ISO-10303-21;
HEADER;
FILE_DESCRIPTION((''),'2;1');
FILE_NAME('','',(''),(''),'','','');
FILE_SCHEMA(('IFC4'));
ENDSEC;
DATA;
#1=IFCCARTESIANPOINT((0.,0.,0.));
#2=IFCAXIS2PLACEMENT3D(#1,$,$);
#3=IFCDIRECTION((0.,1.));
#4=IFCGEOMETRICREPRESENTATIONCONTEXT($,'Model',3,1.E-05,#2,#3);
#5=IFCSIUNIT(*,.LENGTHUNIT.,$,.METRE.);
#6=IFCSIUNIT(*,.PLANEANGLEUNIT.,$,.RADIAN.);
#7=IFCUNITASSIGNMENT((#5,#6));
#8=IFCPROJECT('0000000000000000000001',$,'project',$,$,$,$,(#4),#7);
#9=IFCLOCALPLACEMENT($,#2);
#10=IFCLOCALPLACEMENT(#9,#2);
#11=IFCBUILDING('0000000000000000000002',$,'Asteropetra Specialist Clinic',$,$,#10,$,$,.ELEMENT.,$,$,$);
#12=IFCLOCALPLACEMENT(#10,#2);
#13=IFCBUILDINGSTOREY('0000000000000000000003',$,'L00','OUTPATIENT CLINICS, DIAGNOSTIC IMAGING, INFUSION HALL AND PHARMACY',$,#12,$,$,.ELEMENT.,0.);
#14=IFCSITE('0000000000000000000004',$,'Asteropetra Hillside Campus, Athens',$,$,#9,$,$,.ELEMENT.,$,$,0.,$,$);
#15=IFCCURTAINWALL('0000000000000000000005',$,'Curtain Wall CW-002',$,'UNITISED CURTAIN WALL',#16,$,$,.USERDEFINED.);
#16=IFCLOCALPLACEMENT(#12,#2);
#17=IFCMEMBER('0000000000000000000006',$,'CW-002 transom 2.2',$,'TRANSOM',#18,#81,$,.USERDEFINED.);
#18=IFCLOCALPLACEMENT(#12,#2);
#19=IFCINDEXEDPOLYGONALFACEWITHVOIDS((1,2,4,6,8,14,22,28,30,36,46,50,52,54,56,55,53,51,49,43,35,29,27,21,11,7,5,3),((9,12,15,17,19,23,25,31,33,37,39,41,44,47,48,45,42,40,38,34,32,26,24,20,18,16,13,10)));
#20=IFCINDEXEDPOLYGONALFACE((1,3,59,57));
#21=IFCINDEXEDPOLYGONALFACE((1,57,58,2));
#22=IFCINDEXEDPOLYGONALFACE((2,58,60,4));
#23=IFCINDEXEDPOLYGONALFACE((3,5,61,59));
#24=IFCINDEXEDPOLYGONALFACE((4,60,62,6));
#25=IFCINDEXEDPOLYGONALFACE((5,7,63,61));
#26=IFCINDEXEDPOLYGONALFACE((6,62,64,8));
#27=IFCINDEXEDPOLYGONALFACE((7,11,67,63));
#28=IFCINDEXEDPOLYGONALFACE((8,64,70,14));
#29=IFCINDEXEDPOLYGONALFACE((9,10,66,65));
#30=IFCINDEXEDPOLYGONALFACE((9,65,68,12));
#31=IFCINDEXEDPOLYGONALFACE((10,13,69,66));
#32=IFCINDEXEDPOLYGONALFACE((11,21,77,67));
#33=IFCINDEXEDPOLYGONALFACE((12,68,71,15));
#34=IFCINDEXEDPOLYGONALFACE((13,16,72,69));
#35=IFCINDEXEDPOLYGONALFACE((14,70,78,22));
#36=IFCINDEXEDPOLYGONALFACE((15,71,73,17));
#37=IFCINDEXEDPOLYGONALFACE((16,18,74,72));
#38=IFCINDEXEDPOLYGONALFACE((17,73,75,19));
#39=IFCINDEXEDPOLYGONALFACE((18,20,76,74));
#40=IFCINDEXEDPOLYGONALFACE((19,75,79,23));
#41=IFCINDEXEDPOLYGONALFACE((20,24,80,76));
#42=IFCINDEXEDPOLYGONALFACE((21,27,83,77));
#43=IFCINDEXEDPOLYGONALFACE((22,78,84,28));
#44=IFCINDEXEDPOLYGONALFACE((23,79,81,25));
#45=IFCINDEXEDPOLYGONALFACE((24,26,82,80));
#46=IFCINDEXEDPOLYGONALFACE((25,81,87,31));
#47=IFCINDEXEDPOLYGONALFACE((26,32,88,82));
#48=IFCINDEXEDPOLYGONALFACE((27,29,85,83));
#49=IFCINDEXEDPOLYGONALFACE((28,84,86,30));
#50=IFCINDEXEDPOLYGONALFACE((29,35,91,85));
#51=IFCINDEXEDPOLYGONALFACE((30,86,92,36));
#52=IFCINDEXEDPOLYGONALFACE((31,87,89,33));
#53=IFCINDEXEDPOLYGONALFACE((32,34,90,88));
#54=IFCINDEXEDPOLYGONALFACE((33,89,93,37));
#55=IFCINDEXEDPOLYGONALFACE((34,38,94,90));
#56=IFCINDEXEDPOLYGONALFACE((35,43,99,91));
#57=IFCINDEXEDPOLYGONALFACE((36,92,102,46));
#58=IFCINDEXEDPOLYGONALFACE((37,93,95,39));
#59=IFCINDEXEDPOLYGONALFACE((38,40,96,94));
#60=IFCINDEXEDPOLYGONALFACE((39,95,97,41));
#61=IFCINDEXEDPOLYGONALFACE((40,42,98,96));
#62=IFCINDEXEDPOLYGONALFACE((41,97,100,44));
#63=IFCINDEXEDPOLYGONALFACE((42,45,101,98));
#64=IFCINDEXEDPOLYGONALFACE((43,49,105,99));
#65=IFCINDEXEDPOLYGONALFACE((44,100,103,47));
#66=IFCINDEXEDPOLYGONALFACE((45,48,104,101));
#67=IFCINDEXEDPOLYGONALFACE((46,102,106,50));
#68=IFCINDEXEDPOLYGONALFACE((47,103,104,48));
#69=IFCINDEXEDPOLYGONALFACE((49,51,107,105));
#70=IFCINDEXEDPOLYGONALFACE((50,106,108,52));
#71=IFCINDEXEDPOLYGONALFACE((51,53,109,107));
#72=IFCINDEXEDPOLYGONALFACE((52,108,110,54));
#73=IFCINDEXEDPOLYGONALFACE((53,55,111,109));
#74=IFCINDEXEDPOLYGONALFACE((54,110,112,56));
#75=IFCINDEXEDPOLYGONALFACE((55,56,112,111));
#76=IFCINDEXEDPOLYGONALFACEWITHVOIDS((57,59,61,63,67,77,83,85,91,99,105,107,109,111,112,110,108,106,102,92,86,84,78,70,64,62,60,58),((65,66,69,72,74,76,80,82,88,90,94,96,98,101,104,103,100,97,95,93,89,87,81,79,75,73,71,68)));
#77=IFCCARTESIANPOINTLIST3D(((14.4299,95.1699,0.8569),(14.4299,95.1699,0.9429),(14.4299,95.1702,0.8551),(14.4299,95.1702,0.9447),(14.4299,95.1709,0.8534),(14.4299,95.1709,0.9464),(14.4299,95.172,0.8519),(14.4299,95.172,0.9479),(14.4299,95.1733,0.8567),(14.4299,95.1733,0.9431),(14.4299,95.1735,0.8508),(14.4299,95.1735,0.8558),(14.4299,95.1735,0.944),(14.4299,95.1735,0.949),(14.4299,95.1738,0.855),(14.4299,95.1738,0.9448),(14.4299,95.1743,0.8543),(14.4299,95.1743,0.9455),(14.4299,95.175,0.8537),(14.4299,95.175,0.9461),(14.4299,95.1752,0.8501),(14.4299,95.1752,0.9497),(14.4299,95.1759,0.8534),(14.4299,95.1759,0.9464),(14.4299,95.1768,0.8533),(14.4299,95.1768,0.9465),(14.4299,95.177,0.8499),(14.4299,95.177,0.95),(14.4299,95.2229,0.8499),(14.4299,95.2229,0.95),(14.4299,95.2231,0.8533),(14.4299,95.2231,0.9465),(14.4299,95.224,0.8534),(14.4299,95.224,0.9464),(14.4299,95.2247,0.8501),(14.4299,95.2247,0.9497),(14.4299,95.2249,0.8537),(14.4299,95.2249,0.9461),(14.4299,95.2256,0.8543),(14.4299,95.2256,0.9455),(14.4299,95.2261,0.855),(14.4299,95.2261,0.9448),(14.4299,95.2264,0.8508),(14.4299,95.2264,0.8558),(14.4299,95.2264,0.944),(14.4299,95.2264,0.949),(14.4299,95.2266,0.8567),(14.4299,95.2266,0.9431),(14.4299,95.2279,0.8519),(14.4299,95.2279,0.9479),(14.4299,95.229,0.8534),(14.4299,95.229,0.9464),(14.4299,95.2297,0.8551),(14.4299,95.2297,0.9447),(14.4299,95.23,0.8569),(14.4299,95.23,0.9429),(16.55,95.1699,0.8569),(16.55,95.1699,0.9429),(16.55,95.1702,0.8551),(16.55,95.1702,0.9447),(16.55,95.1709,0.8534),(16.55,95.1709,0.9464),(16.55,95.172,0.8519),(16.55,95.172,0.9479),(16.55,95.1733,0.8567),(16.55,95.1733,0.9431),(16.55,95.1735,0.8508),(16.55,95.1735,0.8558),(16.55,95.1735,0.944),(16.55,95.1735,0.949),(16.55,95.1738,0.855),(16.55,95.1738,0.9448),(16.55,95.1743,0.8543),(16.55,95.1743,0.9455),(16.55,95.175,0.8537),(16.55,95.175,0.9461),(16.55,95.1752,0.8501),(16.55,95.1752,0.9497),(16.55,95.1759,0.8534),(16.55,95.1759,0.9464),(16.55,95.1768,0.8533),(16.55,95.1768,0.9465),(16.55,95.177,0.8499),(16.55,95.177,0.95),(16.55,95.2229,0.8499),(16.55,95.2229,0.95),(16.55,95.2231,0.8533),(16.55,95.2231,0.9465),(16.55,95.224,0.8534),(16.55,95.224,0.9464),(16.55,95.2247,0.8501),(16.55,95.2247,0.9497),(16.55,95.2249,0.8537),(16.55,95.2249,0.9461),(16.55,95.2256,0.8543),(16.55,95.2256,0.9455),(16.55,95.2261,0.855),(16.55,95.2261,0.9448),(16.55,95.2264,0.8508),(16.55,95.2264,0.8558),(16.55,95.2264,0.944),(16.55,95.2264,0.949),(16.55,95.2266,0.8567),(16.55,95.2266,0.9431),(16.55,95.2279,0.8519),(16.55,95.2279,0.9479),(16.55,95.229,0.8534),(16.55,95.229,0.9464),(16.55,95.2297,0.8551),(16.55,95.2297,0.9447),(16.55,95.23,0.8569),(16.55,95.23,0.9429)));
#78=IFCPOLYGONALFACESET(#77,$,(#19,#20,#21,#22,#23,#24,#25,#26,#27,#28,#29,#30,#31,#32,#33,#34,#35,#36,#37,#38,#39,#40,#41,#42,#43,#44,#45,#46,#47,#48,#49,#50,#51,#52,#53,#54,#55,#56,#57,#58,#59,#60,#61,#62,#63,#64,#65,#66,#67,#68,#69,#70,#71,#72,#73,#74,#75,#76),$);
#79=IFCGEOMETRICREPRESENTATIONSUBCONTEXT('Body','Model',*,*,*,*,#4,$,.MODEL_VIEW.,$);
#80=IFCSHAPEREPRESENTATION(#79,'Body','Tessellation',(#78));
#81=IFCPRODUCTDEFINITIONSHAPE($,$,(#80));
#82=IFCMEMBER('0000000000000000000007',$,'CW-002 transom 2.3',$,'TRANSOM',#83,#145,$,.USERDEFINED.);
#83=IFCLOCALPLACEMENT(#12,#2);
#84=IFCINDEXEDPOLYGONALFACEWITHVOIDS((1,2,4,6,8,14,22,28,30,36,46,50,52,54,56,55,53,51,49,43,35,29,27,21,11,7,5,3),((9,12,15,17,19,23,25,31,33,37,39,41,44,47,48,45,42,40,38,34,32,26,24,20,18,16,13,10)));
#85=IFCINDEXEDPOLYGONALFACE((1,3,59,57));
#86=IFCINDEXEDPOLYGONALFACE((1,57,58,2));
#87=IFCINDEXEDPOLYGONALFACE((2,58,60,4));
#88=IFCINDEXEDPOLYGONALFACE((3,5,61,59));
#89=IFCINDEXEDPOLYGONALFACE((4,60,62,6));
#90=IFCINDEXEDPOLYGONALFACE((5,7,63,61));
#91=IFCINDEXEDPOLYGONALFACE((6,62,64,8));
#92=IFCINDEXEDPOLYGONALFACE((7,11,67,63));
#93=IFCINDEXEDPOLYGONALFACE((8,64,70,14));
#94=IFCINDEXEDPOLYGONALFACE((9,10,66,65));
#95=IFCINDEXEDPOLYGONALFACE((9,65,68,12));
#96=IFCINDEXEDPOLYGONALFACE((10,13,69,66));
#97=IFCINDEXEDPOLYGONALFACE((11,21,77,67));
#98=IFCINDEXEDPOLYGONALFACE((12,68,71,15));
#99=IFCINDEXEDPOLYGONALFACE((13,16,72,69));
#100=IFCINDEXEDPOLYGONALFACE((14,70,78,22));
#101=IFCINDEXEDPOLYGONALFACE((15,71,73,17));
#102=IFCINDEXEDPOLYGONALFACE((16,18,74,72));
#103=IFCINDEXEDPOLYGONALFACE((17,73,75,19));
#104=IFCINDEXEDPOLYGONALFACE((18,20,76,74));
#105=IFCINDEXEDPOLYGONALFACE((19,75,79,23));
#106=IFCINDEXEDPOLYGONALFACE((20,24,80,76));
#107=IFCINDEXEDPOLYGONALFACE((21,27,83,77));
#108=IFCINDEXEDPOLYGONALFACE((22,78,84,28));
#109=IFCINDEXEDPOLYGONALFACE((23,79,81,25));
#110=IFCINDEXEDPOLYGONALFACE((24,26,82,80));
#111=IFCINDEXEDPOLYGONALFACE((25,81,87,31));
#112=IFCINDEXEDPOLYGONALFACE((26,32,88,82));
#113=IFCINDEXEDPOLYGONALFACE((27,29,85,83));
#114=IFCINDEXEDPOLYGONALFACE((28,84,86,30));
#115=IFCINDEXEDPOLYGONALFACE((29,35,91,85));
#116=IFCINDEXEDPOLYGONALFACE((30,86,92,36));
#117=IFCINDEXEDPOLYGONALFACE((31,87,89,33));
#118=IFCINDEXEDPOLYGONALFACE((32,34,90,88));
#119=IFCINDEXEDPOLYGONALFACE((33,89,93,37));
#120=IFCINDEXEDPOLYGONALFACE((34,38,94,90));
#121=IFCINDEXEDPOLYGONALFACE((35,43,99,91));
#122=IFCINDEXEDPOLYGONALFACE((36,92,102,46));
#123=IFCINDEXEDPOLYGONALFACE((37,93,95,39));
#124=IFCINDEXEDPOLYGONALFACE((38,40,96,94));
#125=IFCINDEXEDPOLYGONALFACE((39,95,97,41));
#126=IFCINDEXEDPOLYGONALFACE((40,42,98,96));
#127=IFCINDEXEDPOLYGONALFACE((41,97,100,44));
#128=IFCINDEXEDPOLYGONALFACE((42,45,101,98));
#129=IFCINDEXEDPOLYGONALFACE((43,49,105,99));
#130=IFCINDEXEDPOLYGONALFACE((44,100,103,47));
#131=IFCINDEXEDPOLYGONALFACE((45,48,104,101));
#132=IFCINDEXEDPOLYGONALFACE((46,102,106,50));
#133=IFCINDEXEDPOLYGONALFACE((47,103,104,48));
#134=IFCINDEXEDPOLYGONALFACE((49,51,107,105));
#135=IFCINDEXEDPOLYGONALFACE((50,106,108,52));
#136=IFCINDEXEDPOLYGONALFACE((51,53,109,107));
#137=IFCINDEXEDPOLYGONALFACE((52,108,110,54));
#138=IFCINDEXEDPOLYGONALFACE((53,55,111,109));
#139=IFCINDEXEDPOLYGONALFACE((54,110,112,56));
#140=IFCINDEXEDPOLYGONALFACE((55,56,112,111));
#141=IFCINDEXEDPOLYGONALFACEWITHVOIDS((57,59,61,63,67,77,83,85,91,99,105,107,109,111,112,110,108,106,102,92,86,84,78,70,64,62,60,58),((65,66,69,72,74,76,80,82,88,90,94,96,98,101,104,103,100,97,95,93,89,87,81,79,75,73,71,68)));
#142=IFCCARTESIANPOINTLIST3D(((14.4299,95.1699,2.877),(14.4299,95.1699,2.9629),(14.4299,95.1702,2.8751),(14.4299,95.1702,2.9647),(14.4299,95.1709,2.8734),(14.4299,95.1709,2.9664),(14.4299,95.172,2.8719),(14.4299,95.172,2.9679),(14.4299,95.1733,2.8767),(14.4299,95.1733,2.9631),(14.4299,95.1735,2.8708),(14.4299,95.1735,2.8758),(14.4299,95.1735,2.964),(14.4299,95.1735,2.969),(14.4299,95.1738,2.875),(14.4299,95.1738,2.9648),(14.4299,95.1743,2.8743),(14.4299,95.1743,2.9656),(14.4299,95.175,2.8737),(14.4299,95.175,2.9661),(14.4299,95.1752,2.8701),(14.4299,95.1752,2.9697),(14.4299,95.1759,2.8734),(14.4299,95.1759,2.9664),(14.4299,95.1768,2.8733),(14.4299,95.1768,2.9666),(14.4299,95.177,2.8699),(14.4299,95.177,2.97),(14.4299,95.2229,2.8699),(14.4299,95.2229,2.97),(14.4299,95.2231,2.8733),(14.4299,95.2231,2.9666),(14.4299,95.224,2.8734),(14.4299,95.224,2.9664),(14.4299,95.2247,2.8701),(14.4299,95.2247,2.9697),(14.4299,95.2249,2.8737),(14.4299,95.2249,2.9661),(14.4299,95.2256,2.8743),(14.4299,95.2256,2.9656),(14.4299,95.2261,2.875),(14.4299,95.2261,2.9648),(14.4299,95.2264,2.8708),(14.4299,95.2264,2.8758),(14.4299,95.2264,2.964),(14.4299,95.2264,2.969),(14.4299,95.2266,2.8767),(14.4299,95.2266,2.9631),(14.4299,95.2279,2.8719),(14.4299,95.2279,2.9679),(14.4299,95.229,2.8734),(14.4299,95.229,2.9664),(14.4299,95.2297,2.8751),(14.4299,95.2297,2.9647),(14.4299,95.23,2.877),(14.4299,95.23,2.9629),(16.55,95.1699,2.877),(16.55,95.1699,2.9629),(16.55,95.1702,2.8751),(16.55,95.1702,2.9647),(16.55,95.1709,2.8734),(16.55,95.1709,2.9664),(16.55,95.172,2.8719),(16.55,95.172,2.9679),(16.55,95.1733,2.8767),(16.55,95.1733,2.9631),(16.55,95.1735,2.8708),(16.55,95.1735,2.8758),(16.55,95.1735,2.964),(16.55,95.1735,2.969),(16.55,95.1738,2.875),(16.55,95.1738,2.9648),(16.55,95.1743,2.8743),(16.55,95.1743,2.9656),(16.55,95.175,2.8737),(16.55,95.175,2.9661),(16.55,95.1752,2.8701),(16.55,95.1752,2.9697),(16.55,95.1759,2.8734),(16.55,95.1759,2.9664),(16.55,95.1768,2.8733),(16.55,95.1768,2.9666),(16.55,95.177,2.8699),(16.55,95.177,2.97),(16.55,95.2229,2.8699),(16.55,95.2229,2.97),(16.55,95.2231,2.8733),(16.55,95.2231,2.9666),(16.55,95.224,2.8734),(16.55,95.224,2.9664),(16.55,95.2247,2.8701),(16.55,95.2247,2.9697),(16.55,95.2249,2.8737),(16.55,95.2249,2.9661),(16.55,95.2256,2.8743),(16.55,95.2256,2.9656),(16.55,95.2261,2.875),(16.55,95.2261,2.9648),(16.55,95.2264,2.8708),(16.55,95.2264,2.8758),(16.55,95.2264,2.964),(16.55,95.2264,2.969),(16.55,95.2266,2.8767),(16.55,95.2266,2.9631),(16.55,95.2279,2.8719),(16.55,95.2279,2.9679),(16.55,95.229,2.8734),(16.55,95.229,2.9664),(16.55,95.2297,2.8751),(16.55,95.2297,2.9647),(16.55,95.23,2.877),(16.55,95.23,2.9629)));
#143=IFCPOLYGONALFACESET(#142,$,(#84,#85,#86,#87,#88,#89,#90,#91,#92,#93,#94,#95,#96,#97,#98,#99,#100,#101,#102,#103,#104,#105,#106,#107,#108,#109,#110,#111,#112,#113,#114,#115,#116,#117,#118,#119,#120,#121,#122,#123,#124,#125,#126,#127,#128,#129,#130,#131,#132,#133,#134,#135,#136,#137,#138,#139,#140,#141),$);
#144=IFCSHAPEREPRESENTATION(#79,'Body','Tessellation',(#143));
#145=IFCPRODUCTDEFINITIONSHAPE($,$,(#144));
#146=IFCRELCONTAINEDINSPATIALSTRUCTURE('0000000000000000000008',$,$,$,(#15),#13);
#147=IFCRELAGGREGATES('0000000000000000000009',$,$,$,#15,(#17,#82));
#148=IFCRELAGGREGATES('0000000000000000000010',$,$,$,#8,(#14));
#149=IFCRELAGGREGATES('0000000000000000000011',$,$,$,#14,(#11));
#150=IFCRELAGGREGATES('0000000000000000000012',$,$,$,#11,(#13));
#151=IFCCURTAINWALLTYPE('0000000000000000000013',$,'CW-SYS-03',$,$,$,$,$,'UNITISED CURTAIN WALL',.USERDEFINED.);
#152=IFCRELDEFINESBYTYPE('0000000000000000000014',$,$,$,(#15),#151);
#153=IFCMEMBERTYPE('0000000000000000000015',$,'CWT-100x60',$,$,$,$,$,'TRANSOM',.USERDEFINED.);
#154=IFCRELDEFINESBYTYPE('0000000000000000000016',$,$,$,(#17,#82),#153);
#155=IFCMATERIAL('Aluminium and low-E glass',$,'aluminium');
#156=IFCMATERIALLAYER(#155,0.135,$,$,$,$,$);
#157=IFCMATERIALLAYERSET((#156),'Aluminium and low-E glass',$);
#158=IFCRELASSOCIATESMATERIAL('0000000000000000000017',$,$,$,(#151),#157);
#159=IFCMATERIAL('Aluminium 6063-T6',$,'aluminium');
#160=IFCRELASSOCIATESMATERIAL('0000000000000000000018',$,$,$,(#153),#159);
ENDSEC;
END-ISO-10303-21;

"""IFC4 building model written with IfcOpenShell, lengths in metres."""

from ifc_helpers import new_model, si_unit, direction, frame, origin, origin_2d, place, context, subcontext, project, spatial, hollow_rectangle, extrude, material, layer, layer_set, material_profile, profile_set, type_object, element, aggregate, save


model = new_model("IFC4")

# Units and contexts
model_context = context("Model", 3, precision=1e-05, world=origin(), true_north=direction((0.0, 1.0)))
body_context = subcontext(model_context, "Body", "Model", "MODEL_VIEW")
ifc_project = project(units=[si_unit("LENGTHUNIT", "METRE"), si_unit("PLANEANGLEUNIT", "RADIAN")], contexts=[model_context])

# Site, building, storey
site_placement = place(None, origin())
site = spatial("IfcSite", under=ifc_project, at=site_placement, Name="Asteropetra Hillside Campus, Athens", CompositionType="ELEMENT", RefElevation=0.0)
building_placement = place(site_placement, origin())
building = spatial("IfcBuilding", under=site, at=building_placement, Name="Asteropetra Specialist Clinic", CompositionType="ELEMENT")
storey_placement = place(building_placement, origin())
storey = spatial("IfcBuildingStorey", under=building, at=storey_placement, Name="L00", Description="OUTPATIENT CLINICS, DIAGNOSTIC IMAGING, INFUSION HALL AND PHARMACY", CompositionType="ELEMENT", Elevation=0.0)

# Curtain wall
ifc_material_1 = material(Name="Aluminium and low-E glass", Category="aluminium")
ifc_layer_1 = layer(ifc_material_1, 0.135)
ifc_layer_set_1 = layer_set([ifc_layer_1], Name="Aluminium and low-E glass")
curtain_wall_type_1 = type_object("IfcCurtainWallType", Name="CW-SYS-03", ElementType="UNITISED CURTAIN WALL", PredefinedType="USERDEFINED", material=ifc_layer_set_1)
curtain_wall_1_placement = place(storey_placement, origin())
curtain_wall_1 = element("IfcCurtainWall", 1, at=curtain_wall_1_placement, inside=storey, type_object=curtain_wall_type_1, Name="Curtain Wall CW-002", ObjectType="UNITISED CURTAIN WALL", PredefinedType="USERDEFINED")

# Members
ifc_material_2 = material(Name="Aluminium 6063-T6", Category="aluminium")
ifc_material_profile_1 = material_profile(ifc_material_2, hollow_rectangle(XDim=0.0601, YDim=0.1001, WallThickness=0.0034, InnerFilletRadius=0.0034, OuterFilletRadius=0.0071, at=origin_2d()), Name="TRN 100x60x3.5")
ifc_profile_set_1 = profile_set([ifc_material_profile_1], Name="Aluminium 6063-T6")
member_type_1 = type_object("IfcMemberType", Name="CWT-100x60", ElementType="TRANSOM", PredefinedType="USERDEFINED", material=ifc_profile_set_1)
member_1_placement = place(storey_placement, frame((16.55, 95.2, 0.8999), z_axis=(-1.0, 0.0, 0.0), x_axis=(0.0, -1.0, 0.0)))
member_1 = element("IfcMember", 2, at=member_1_placement, type_object=member_type_1, Name="CW-002 transom 2.2", ObjectType="TRANSOM", PredefinedType="USERDEFINED", context=body_context, shape_type="SweptSolid", body=[
    extrude(hollow_rectangle(XDim=0.0601, YDim=0.1001, WallThickness=0.0034, InnerFilletRadius=0.0034, OuterFilletRadius=0.0071, at=origin_2d()), origin(), (0.0, 0.0, 1.0), 2.1201),
])
member_2_placement = place(storey_placement, frame((16.55, 95.2, 2.9199), z_axis=(-1.0, 0.0, 0.0), x_axis=(0.0, -1.0, 0.0)))
member_2 = element("IfcMember", 3, at=member_2_placement, type_object=member_type_1, Name="CW-002 transom 2.3", ObjectType="TRANSOM", PredefinedType="USERDEFINED", context=body_context, shape_type="SweptSolid", body=[
    extrude(hollow_rectangle(XDim=0.0601, YDim=0.1001, WallThickness=0.0034, InnerFilletRadius=0.0034, OuterFilletRadius=0.0071, at=origin_2d()), origin(), (0.0, 0.0, 1.0), 2.1201),
])

aggregate(curtain_wall_1, [member_1, member_2])

save(model, "model.ifc")
